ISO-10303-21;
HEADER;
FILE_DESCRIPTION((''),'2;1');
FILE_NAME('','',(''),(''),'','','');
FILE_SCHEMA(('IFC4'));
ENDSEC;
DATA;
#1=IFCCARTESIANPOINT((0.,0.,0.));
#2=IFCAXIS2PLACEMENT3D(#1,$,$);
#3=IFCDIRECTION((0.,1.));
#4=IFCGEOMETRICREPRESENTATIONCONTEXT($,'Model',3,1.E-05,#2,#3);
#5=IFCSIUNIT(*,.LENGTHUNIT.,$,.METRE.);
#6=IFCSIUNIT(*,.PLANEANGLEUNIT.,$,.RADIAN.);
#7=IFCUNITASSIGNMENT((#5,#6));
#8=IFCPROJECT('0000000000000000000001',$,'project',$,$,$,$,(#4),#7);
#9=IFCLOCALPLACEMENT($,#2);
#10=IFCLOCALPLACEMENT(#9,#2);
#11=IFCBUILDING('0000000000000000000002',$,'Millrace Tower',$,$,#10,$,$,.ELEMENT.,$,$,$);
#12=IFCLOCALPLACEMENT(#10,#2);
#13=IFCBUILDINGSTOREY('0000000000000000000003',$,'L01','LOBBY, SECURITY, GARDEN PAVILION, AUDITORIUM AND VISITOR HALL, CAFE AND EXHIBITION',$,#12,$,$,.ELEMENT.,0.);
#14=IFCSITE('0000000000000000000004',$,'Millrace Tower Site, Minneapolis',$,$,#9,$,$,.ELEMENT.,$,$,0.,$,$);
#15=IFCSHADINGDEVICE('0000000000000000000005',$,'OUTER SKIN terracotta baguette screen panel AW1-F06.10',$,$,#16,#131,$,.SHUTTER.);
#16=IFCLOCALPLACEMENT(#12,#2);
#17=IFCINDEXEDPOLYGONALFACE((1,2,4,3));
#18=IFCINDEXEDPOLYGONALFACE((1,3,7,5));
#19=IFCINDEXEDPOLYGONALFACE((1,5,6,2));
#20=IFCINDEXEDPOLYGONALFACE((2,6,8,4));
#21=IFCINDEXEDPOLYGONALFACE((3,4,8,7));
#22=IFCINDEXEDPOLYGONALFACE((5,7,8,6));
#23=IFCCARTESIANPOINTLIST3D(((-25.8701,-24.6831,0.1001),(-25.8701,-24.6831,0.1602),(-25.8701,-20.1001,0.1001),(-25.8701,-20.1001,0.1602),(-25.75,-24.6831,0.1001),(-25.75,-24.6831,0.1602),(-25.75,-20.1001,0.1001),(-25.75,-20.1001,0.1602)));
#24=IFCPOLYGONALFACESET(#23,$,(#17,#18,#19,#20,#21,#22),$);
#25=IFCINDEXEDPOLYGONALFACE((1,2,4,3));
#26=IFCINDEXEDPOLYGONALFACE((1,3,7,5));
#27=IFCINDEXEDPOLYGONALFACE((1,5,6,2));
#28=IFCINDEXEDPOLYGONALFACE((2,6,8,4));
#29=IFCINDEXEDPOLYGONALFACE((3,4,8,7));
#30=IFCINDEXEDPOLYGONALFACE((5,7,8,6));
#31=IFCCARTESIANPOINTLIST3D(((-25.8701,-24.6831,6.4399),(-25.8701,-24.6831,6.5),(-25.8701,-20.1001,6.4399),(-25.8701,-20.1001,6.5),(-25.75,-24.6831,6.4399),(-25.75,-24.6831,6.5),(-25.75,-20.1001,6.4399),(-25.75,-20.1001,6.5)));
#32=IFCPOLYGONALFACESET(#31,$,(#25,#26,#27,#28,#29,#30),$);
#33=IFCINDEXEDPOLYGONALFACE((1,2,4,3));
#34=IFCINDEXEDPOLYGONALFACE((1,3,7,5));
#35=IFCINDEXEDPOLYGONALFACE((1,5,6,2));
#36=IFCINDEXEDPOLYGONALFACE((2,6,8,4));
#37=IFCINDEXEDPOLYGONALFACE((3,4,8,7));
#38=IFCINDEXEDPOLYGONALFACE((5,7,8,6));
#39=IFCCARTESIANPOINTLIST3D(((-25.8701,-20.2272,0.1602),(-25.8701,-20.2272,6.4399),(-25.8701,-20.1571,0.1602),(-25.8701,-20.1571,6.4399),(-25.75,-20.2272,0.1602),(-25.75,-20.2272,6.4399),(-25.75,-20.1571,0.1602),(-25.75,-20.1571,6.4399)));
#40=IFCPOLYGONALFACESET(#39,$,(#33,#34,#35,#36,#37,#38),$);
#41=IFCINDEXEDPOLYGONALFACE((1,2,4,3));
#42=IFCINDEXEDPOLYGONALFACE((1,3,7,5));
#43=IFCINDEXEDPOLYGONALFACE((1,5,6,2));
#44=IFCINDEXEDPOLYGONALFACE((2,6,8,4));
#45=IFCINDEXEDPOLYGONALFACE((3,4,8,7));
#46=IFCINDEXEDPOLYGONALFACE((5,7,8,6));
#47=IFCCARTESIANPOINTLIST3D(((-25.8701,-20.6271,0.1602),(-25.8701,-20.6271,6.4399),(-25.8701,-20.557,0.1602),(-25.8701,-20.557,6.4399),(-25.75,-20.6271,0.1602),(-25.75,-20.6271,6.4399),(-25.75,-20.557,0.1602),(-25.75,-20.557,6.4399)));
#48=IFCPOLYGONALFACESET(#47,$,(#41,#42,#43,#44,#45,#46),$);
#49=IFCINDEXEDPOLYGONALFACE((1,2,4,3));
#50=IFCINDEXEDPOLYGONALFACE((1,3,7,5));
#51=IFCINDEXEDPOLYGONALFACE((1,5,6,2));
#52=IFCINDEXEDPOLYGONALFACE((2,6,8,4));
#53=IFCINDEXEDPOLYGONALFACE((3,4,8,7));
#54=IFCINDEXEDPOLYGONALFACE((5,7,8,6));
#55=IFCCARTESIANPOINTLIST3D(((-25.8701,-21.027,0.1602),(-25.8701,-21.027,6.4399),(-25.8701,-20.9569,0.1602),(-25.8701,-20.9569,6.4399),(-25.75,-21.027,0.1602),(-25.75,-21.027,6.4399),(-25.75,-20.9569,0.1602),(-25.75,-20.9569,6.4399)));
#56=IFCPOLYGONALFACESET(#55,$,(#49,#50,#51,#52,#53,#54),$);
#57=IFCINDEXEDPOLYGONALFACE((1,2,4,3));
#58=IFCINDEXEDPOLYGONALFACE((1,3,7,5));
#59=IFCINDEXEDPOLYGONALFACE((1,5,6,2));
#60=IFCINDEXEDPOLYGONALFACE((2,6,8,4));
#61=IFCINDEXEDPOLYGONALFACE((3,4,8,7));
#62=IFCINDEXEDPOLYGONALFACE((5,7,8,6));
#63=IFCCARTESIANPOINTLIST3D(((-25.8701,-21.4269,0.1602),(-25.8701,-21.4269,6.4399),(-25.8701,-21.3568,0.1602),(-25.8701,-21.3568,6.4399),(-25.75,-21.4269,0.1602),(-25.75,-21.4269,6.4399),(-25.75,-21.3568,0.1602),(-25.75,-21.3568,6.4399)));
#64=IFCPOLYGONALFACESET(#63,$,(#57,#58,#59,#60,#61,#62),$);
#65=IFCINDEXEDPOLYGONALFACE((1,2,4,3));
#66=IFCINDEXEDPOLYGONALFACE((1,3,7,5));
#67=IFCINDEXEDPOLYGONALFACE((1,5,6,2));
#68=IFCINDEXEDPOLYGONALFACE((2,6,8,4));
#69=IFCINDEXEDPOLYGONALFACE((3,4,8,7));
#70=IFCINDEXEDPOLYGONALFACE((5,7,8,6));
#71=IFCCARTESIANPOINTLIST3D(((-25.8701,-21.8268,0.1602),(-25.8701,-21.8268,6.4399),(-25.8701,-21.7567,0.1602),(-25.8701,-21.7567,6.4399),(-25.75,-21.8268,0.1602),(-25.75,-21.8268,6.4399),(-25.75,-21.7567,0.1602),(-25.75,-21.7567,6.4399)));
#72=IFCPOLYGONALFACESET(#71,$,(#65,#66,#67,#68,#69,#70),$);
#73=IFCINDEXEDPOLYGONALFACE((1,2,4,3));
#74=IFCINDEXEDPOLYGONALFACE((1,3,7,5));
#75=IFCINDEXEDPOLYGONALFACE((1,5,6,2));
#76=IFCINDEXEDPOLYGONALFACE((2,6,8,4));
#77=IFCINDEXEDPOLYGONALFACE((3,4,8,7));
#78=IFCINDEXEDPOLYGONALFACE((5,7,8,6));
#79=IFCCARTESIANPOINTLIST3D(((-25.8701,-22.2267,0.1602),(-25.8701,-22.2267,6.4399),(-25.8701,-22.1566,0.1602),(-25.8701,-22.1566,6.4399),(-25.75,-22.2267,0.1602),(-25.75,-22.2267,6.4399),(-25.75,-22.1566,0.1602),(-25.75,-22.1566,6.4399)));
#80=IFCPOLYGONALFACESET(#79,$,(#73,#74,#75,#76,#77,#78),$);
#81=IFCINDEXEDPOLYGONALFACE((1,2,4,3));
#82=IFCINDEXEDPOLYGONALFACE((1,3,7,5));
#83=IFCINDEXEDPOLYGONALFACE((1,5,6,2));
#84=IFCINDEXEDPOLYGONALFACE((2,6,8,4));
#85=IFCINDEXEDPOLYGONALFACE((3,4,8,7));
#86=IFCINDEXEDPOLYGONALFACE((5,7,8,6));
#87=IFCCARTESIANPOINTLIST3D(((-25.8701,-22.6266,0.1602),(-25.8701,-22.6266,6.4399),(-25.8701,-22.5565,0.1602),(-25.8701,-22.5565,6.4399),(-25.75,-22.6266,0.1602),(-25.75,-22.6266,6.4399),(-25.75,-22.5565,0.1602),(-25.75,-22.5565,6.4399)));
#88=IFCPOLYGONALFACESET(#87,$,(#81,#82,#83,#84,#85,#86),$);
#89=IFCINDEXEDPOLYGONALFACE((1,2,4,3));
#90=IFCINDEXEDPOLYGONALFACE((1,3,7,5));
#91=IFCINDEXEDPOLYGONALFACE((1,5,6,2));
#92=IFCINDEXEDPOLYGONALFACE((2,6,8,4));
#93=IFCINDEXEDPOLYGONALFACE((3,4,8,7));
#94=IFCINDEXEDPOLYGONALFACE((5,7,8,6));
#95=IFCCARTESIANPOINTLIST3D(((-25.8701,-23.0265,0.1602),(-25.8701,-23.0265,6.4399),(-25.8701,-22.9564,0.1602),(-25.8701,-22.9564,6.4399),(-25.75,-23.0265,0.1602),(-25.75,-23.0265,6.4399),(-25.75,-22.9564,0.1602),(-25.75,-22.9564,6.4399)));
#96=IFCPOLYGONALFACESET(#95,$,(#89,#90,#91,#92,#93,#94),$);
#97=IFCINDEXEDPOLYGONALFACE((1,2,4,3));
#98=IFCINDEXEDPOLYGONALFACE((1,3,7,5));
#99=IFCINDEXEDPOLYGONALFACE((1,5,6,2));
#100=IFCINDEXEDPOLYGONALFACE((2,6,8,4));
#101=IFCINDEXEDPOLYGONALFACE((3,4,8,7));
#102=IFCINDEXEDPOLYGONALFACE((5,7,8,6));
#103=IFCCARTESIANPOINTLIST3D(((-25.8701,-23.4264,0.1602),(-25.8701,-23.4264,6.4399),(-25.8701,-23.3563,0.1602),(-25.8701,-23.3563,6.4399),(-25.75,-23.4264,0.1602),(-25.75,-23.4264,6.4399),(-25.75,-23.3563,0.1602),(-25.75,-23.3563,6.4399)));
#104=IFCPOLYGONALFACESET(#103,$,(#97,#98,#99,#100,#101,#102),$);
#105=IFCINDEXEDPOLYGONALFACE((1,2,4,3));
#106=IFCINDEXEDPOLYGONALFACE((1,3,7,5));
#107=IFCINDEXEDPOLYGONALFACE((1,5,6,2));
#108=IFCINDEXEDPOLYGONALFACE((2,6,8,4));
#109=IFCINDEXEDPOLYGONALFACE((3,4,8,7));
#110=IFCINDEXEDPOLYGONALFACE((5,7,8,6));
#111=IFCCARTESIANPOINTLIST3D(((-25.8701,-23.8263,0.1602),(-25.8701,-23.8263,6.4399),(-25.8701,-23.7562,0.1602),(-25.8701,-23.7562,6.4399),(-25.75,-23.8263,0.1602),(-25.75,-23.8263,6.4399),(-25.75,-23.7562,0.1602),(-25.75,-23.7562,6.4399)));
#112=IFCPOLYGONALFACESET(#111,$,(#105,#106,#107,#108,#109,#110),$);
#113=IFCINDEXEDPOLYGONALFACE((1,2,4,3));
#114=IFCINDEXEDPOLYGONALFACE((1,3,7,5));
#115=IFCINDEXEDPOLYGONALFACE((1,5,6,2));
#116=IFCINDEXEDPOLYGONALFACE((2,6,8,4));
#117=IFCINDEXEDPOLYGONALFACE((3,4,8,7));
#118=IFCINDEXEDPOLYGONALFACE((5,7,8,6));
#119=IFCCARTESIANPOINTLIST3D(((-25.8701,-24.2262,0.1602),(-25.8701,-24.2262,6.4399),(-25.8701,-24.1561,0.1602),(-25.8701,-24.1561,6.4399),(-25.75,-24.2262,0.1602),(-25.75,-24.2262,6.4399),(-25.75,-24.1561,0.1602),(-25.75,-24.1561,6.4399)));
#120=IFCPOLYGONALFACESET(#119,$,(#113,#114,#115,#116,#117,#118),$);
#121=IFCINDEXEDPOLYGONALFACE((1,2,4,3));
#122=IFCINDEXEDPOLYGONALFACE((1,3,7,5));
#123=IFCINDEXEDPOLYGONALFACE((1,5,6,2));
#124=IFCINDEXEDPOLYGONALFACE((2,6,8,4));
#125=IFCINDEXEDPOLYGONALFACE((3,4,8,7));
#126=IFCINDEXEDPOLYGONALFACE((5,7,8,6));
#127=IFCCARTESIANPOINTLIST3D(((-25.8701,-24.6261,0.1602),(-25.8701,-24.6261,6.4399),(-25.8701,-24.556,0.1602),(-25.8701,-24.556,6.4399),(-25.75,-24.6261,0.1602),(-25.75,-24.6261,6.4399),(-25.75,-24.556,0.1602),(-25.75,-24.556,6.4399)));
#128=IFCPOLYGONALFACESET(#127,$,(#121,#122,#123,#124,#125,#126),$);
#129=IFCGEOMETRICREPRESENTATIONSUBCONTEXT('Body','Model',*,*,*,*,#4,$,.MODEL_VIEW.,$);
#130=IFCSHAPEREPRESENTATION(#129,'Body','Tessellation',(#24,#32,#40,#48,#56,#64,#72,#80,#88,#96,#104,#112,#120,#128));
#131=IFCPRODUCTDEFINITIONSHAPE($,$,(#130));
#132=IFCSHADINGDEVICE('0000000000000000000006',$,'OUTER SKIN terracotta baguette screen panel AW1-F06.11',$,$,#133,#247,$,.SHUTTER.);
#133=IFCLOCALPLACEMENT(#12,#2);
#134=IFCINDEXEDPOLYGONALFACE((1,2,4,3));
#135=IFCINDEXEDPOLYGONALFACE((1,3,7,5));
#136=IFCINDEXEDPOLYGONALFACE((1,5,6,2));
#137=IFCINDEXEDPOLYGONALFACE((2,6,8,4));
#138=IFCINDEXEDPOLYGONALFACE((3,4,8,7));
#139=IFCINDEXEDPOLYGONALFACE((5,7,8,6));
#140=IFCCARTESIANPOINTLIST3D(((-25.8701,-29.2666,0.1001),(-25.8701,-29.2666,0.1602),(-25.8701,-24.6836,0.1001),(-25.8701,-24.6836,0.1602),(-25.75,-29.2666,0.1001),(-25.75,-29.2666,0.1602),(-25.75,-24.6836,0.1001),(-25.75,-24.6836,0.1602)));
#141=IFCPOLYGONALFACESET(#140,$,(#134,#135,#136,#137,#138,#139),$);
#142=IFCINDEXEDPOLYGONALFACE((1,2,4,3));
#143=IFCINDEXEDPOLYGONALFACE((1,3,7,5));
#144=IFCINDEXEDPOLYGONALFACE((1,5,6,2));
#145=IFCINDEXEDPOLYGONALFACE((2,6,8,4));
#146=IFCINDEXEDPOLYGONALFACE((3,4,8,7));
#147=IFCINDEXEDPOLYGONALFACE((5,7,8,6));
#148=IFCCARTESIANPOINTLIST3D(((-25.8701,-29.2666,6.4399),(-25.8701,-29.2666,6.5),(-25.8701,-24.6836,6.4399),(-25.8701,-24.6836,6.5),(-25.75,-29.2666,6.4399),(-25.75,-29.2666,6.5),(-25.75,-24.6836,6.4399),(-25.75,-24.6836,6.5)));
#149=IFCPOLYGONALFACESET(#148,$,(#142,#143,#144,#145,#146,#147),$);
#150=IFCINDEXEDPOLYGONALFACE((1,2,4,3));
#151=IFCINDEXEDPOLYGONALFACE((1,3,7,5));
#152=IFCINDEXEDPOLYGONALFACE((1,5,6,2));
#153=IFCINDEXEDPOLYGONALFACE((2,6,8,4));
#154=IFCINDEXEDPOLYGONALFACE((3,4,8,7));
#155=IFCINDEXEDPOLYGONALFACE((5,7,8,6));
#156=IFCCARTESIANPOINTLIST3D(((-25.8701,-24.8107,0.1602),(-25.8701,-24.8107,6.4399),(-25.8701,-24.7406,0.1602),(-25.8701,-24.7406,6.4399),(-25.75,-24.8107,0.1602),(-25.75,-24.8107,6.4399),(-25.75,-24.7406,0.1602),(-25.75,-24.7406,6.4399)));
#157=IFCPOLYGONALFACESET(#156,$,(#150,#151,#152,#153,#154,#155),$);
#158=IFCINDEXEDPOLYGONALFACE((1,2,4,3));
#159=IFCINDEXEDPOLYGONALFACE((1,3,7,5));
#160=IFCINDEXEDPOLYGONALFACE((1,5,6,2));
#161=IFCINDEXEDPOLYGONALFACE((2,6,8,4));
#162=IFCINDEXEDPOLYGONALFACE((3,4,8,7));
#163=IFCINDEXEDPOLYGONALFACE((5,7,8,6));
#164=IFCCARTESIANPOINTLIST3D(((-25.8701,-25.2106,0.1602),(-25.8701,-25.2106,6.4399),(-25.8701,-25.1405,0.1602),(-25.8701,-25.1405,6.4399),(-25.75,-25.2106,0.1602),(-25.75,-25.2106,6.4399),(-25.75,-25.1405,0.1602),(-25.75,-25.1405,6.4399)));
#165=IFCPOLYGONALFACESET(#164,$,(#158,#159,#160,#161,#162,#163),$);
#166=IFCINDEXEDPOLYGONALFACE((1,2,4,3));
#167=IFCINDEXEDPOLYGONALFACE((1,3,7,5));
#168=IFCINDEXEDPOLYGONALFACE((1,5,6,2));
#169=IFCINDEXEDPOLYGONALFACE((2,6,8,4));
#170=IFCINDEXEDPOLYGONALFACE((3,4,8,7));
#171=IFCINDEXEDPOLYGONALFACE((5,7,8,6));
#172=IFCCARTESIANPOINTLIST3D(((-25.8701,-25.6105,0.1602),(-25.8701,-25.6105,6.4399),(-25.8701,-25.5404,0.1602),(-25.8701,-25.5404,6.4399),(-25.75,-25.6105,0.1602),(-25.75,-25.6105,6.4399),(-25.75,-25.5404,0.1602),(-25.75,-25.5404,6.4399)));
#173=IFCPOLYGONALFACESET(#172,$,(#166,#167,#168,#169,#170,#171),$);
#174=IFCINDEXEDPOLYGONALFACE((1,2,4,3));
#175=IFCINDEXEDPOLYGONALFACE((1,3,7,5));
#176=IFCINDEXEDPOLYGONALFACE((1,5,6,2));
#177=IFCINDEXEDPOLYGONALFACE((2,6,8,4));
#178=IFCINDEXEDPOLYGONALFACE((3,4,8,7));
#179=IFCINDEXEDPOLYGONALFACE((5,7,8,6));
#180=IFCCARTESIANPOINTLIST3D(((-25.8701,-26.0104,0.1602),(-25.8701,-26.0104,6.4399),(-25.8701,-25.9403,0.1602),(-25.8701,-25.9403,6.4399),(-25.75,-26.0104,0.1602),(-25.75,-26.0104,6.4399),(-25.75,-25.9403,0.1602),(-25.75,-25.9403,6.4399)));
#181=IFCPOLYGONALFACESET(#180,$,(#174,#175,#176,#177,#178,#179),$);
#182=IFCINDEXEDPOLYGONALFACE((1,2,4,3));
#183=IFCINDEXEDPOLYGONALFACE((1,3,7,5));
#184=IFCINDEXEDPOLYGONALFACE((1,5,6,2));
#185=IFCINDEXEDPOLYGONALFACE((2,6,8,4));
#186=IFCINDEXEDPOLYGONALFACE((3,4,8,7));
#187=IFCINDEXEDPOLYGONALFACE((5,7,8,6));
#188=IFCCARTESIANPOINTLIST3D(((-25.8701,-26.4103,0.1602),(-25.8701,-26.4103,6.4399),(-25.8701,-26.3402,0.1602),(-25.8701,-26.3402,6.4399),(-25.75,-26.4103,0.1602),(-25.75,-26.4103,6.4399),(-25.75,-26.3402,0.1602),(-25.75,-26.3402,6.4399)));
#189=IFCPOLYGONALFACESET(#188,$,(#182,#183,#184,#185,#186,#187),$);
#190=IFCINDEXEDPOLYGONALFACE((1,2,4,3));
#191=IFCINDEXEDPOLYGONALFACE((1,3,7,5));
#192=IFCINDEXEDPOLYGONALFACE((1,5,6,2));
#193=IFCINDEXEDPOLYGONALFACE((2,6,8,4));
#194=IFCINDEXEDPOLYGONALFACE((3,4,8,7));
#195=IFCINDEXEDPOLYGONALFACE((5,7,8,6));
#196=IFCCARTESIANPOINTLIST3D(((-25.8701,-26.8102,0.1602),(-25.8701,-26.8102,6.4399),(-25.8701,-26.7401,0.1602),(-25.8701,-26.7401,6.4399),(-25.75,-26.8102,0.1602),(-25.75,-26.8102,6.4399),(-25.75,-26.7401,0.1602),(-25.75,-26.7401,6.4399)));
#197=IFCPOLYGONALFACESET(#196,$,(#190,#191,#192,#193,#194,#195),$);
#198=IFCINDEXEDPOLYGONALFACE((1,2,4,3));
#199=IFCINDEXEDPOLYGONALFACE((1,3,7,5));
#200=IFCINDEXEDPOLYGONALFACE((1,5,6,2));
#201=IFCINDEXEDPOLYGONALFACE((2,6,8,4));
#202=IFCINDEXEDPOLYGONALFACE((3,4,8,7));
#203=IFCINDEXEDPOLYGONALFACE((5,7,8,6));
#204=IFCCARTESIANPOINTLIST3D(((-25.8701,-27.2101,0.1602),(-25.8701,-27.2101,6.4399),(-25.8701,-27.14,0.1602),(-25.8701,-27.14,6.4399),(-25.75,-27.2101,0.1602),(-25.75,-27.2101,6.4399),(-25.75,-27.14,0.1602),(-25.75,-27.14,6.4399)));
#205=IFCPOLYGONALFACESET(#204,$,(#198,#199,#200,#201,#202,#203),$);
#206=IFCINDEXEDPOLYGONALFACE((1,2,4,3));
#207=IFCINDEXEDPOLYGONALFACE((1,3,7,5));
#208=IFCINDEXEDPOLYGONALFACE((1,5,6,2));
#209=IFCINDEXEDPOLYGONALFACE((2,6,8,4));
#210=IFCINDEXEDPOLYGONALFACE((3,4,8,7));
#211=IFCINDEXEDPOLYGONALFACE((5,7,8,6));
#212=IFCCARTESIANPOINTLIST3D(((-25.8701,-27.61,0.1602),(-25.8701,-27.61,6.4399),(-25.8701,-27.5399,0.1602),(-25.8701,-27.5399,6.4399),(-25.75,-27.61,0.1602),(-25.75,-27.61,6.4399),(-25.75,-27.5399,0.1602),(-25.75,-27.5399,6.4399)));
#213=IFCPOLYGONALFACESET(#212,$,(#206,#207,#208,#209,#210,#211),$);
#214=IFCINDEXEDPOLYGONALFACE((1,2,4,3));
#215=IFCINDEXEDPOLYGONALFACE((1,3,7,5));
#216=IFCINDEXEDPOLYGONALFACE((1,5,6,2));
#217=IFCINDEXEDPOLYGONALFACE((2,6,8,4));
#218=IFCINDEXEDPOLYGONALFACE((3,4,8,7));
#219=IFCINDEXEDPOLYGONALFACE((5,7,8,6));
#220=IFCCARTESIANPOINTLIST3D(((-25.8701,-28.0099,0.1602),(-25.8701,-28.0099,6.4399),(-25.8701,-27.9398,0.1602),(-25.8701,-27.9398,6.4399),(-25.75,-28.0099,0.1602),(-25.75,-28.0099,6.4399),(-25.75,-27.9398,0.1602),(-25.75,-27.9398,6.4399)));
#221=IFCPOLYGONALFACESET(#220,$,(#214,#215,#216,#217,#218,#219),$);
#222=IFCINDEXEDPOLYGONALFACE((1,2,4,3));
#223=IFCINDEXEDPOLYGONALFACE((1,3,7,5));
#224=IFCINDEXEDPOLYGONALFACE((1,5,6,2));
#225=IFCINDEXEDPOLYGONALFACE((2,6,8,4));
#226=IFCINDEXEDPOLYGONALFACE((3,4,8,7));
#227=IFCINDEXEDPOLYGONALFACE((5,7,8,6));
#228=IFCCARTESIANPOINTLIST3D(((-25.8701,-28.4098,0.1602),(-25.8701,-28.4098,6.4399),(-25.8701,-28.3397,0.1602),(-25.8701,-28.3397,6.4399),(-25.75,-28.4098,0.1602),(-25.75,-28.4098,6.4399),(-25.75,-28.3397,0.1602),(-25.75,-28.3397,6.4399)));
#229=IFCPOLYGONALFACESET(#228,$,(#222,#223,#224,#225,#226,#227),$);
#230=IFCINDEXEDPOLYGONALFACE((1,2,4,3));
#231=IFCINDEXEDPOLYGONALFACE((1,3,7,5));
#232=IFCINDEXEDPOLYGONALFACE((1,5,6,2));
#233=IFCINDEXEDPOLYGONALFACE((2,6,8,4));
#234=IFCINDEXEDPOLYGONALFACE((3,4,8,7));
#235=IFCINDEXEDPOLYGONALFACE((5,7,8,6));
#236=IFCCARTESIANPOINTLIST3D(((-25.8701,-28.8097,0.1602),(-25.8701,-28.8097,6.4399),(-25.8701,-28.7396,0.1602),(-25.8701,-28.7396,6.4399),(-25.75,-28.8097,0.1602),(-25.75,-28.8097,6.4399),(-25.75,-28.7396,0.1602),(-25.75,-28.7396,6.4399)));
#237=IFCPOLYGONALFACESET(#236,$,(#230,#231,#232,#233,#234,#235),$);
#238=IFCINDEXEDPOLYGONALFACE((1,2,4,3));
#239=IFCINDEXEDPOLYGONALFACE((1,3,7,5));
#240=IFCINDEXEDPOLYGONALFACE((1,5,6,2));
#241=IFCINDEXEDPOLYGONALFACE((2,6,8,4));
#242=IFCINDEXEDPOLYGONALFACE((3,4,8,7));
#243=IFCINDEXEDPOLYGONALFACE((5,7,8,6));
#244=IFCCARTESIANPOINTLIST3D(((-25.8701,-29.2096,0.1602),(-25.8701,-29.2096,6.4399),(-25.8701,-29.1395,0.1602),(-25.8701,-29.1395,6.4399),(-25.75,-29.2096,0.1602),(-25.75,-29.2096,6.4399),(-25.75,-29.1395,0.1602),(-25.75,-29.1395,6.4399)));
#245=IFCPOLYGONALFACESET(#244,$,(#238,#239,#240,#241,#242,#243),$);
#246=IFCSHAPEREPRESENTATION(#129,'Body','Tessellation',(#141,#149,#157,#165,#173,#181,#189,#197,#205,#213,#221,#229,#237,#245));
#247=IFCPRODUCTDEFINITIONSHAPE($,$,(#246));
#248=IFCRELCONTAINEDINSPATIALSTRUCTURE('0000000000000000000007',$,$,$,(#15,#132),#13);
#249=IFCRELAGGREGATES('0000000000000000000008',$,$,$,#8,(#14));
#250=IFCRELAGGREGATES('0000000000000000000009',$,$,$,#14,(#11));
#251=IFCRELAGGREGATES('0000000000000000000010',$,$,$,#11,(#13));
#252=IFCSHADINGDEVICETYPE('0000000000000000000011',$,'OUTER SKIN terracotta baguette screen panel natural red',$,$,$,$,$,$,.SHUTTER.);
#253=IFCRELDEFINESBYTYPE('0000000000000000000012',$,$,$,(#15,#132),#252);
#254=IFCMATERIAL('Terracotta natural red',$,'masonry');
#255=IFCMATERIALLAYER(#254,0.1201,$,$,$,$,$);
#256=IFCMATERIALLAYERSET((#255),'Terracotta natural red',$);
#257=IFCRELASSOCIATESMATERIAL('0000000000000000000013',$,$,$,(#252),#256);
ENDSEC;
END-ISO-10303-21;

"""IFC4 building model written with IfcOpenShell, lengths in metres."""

from ifc_helpers import new_model, entity, si_unit, direction, frame, frame_2d, origin, place, context, subcontext, project, spatial, rectangle, extrude, source, transform, mapped, material, layer, layer_set, type_object, element, save


model = new_model("IFC4")

# Units and contexts
model_context = context("Model", 3, precision=1e-05, world=origin(), true_north=direction((0.0, 1.0)))
body_context = subcontext(model_context, "Body", "Model", "MODEL_VIEW")
ifc_project = project(units=[si_unit("LENGTHUNIT", "METRE"), si_unit("PLANEANGLEUNIT", "RADIAN")], contexts=[model_context])

# Site, building, storey
site_placement = place(None, origin())
site = spatial("IfcSite", under=ifc_project, at=site_placement, Name="Millrace Tower Site, Minneapolis", CompositionType="ELEMENT", RefElevation=0.0)
building_placement = place(site_placement, origin())
building = spatial("IfcBuilding", under=site, at=building_placement, Name="Millrace Tower", CompositionType="ELEMENT")
storey_placement = place(building_placement, origin())
storey = spatial("IfcBuildingStorey", under=building, at=storey_placement, Name="L01", Description="LOBBY, SECURITY, GARDEN PAVILION, AUDITORIUM AND VISITOR HALL, CAFE AND EXHIBITION", CompositionType="ELEMENT", Elevation=0.0)

# Shading devices
ifc_material_1 = material(Name="Terracotta natural red", Category="masonry")
ifc_layer_1 = layer(ifc_material_1, 0.1201)
ifc_layer_set_1 = layer_set([ifc_layer_1], Name="Terracotta natural red")
shading_device_type = type_object("IfcShadingDeviceType", Name="OUTER SKIN terracotta baguette screen panel natural red", PredefinedType="SHUTTER", material=ifc_layer_set_1)
cartesian_point = entity("IfcCartesianPoint", [-2.2915, 0.0601])
shared_polyline = entity("IfcPolyline", [cartesian_point, entity("IfcCartesianPoint", [2.2915, 0.0601]), entity("IfcCartesianPoint", [2.2915, -0.0601]), entity("IfcCartesianPoint", [-2.2915, -0.0601]), cartesian_point])
shared_shape = source(origin(), body_context, "Body", "SweptSolid", [
    entity("IfcExtrudedAreaSolid", entity("IfcArbitraryClosedProfileDef", "AREA", None, shared_polyline), entity("IfcAxis2Placement3D", entity("IfcCartesianPoint", [0.0, 0.0, 0.0])), entity("IfcDirection", [0.0, 0.0, 1.0]), 0.0601),
    entity("IfcExtrudedAreaSolid", entity("IfcArbitraryClosedProfileDef", "AREA", None, shared_polyline), entity("IfcAxis2Placement3D", entity("IfcCartesianPoint", [0.0, 0.0, 6.3398])), entity("IfcDirection", [0.0, 0.0, 1.0]), 0.0601),
    extrude(rectangle(XDim=0.0701, YDim=0.1201, at=frame_2d((-2.1995, 0.0))), frame((0.0, 0.0, 0.0601)), (0.0, 0.0, 1.0), 6.2798),
    extrude(rectangle(XDim=0.0701, YDim=0.1201, at=frame_2d((-1.7996, 0.0))), frame((0.0, 0.0, 0.0601)), (0.0, 0.0, 1.0), 6.2798),
    extrude(rectangle(XDim=0.0701, YDim=0.1201, at=frame_2d((-1.3997, 0.0))), frame((0.0, 0.0, 0.0601)), (0.0, 0.0, 1.0), 6.2798),
    extrude(rectangle(XDim=0.0701, YDim=0.1201, at=frame_2d((-0.9998, 0.0))), frame((0.0, 0.0, 0.0601)), (0.0, 0.0, 1.0), 6.2798),
    extrude(rectangle(XDim=0.0701, YDim=0.1201, at=frame_2d((-0.5999, 0.0))), frame((0.0, 0.0, 0.0601)), (0.0, 0.0, 1.0), 6.2798),
    extrude(rectangle(XDim=0.0701, YDim=0.1201, at=frame_2d((-0.2, 0.0))), frame((0.0, 0.0, 0.0601)), (0.0, 0.0, 1.0), 6.2798),
    extrude(rectangle(XDim=0.0701, YDim=0.1201, at=frame_2d((0.2, 0.0))), frame((0.0, 0.0, 0.0601)), (0.0, 0.0, 1.0), 6.2798),
    extrude(rectangle(XDim=0.0701, YDim=0.1201, at=frame_2d((0.5999, 0.0))), frame((0.0, 0.0, 0.0601)), (0.0, 0.0, 1.0), 6.2798),
    extrude(rectangle(XDim=0.0701, YDim=0.1201, at=frame_2d((0.9998, 0.0))), frame((0.0, 0.0, 0.0601)), (0.0, 0.0, 1.0), 6.2798),
    extrude(rectangle(XDim=0.0701, YDim=0.1201, at=frame_2d((1.3997, 0.0))), frame((0.0, 0.0, 0.0601)), (0.0, 0.0, 1.0), 6.2798),
    extrude(rectangle(XDim=0.0701, YDim=0.1201, at=frame_2d((1.7996, 0.0))), frame((0.0, 0.0, 0.0601)), (0.0, 0.0, 1.0), 6.2798),
    extrude(rectangle(XDim=0.0701, YDim=0.1201, at=frame_2d((2.1995, 0.0))), frame((0.0, 0.0, 0.0601)), (0.0, 0.0, 1.0), 6.2798),
])
for number, where, z_axis, x_axis, name in (
    (1, (-25.8101, -22.3916, 0.1001), (0.0, 0.0, 1.0), (0.0, -1.0, 0.0), "OUTER SKIN terracotta baguette screen panel AW1-F06.10"),
    (2, (-25.8101, -26.9751, 0.1001), (0.0, 0.0, 1.0), (0.0, -1.0, 0.0), "OUTER SKIN terracotta baguette screen panel AW1-F06.11"),
):
    element("IfcShadingDevice", number, at=place(storey_placement, frame(where, z_axis=z_axis, x_axis=x_axis)), inside=storey, type_object=shading_device_type, Name=name, PredefinedType="SHUTTER", context=body_context, shape_type="MappedRepresentation", body=[
        mapped(shared_shape, transform((0.0, 0.0, 0.0), scale=1.0)),
    ])

save(model, "model.ifc")
